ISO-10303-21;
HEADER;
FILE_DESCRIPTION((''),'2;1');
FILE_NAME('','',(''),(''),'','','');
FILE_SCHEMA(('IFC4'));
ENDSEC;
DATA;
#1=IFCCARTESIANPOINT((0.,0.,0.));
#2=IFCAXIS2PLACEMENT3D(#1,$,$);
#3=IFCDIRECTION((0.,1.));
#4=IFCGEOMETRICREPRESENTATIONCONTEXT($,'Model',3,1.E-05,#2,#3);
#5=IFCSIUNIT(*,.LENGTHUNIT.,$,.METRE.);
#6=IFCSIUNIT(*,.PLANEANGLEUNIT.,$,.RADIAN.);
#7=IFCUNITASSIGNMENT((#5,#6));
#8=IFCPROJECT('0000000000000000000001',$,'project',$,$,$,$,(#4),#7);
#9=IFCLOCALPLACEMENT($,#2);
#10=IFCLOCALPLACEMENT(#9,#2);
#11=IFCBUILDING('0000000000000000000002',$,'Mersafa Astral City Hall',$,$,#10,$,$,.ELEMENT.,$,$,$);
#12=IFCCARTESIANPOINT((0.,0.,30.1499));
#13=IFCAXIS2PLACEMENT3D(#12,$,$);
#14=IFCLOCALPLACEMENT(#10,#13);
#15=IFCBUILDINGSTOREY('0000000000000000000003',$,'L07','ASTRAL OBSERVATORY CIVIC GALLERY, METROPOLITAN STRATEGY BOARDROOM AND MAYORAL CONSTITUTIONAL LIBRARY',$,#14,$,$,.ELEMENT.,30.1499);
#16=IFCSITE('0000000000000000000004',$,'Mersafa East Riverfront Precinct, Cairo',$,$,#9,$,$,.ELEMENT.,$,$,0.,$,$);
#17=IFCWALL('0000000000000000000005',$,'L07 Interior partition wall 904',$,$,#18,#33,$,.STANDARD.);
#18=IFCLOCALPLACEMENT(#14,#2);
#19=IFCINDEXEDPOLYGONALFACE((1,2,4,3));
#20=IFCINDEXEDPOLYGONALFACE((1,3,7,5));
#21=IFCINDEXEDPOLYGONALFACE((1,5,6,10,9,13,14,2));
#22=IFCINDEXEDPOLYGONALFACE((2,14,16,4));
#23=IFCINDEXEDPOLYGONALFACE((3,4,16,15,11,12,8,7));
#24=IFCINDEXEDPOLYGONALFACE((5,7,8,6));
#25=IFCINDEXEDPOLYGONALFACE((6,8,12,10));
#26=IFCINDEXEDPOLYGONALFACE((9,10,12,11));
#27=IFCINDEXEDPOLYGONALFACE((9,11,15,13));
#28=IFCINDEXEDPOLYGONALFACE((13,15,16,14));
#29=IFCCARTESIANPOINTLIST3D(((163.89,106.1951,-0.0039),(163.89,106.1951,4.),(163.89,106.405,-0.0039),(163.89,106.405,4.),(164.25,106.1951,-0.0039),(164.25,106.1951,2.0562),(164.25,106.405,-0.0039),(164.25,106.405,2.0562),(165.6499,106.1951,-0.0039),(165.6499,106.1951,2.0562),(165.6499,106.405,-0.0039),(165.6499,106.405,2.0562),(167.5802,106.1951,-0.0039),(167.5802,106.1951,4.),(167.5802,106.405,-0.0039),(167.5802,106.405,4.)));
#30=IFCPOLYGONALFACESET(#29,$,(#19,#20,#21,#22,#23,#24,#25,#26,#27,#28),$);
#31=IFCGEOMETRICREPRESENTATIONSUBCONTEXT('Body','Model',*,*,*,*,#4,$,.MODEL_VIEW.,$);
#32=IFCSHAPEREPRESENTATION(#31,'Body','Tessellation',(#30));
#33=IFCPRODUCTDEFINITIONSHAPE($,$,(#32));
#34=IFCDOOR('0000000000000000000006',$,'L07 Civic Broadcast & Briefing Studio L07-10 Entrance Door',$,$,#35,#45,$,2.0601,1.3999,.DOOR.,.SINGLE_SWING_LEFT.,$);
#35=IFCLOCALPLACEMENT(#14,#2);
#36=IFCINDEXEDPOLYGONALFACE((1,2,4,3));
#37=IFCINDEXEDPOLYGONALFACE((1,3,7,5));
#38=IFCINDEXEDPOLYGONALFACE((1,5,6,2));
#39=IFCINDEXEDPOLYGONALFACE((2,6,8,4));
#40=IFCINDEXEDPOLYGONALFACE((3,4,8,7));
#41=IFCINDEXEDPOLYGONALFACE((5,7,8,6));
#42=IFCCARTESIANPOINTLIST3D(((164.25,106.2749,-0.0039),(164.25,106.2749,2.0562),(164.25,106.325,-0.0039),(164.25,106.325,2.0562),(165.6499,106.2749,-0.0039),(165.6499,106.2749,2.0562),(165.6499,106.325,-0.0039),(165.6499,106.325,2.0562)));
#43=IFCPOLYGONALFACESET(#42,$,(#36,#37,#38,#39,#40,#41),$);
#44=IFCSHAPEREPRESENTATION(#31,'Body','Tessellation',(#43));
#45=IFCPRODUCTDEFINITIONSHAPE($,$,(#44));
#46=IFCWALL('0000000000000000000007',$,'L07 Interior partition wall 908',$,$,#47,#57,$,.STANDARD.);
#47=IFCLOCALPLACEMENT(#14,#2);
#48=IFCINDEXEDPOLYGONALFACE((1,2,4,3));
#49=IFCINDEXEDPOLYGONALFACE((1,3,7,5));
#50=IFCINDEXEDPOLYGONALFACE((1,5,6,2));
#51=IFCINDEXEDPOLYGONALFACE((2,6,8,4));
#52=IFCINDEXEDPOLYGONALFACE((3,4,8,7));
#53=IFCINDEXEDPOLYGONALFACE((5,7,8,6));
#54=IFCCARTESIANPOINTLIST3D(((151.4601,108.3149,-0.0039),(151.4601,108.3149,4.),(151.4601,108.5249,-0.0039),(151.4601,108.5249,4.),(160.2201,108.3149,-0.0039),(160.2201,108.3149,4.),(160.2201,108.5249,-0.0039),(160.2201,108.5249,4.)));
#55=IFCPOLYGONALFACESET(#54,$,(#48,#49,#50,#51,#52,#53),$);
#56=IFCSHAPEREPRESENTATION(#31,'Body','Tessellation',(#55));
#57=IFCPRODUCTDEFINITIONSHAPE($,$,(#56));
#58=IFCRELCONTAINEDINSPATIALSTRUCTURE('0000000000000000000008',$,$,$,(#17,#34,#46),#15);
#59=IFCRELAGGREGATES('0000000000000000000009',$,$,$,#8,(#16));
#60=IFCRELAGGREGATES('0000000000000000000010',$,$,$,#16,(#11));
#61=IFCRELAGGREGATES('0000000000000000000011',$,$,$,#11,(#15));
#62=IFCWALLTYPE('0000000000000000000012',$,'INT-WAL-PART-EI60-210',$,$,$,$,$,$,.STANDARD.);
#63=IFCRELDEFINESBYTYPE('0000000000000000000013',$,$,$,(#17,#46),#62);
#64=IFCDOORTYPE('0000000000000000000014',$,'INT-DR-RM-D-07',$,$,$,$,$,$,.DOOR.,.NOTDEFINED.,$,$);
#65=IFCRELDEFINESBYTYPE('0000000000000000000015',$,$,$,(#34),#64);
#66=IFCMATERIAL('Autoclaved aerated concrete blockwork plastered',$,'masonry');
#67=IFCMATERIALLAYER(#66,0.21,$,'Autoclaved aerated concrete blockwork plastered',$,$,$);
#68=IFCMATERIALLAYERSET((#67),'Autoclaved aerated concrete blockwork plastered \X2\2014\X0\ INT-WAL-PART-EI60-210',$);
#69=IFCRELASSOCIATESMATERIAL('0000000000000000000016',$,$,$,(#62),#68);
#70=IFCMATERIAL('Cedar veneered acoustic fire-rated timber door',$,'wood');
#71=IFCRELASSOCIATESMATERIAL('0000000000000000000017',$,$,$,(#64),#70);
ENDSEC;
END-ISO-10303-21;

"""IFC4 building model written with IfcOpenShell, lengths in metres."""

from ifc_helpers import new_model, si_unit, direction, frame, frame_2d, origin, place, context, subcontext, project, spatial, rectangle, extrude, material, layer, layer_set, type_object, element, fill, save


model = new_model("IFC4")

# Units and contexts
model_context = context("Model", 3, precision=1e-05, world=origin(), true_north=direction((0.0, 1.0)))
body_context = subcontext(model_context, "Body", "Model", "MODEL_VIEW")
ifc_project = project(units=[si_unit("LENGTHUNIT", "METRE"), si_unit("PLANEANGLEUNIT", "RADIAN")], contexts=[model_context])

# Site, building, storey
site_placement = place(None, origin())
site = spatial("IfcSite", under=ifc_project, at=site_placement, Name="Mersafa East Riverfront Precinct, Cairo", CompositionType="ELEMENT", RefElevation=0.0)
building_placement = place(site_placement, origin())
building = spatial("IfcBuilding", under=site, at=building_placement, Name="Mersafa Astral City Hall", CompositionType="ELEMENT")
storey_placement = place(building_placement, frame((0.0, 0.0, 30.1499)))
storey = spatial("IfcBuildingStorey", under=building, at=storey_placement, Name="L07", Description="ASTRAL OBSERVATORY CIVIC GALLERY, METROPOLITAN STRATEGY BOARDROOM AND MAYORAL CONSTITUTIONAL LIBRARY", CompositionType="ELEMENT", Elevation=30.1499)

# Shared definitions
ifc_material_1 = material(Name="Cedar veneered acoustic fire-rated timber door", Category="wood")

# Wall, opening, door
ifc_material_2 = material(Name="Autoclaved aerated concrete blockwork plastered", Category="masonry")
ifc_layer_1 = layer(ifc_material_2, 0.21, Name="Autoclaved aerated concrete blockwork plastered")
ifc_layer_set_1 = layer_set([ifc_layer_1], Name="Autoclaved aerated concrete blockwork plastered — INT-WAL-PART-EI60-210")
wall_type_1 = type_object("IfcWallType", Name="INT-WAL-PART-EI60-210", PredefinedType="STANDARD", material=ifc_layer_set_1)
wall_1_placement = place(storey_placement, frame((163.8899, 106.3, -0.0039), z_axis=(0.0, 0.0, 1.0), x_axis=(1.0, 0.0, 0.0)))
wall_1 = element("IfcWall", 1, at=wall_1_placement, inside=storey, type_object=wall_type_1, Name="L07 Interior partition wall 904", PredefinedType="STANDARD", context=body_context, shape_type="SweptSolid", body=[
    extrude(rectangle(XDim=3.6902, YDim=0.21, at=frame_2d((1.8452, 0.0))), origin(), (0.0, 0.0, 1.0), 4.0039),
])
opening_1_placement = place(wall_1_placement, frame((0.3601, 0.0, 0.0)))
opening_1 = element("IfcOpeningElement", 2, at=opening_1_placement, cuts=wall_1, PredefinedType="OPENING", context=body_context, shape_type="SweptSolid", body=[
    extrude(rectangle(XDim=1.3999, YDim=2.0601, at=frame_2d((0.7, 1.03))), frame((0.0, 0.115, 0.0), z_axis=(0.0, -1.0, 0.0), x_axis=(1.0, 0.0, 0.0)), (0.0, 0.0, 1.0), 0.23),
])
door_type_1 = type_object("IfcDoorType", Name="INT-DR-RM-D-07", OperationType="NOTDEFINED", PredefinedType="DOOR", material=ifc_material_1)
door_1_placement = place(opening_1_placement, origin())
door_1 = element("IfcDoor", 3, at=door_1_placement, inside=storey, type_object=door_type_1, Name="L07 Civic Broadcast & Briefing Studio L07-10 Entrance Door", OperationType="SINGLE_SWING_LEFT", OverallHeight=2.0601, OverallWidth=1.3999, PredefinedType="DOOR", context=body_context, shape_type="SweptSolid", body=[
    extrude(rectangle(XDim=1.3999, YDim=2.0601, at=frame_2d((0.7, 1.03))), frame((0.0, 0.0249, 0.0), z_axis=(0.0, -1.0, 0.0), x_axis=(1.0, 0.0, 0.0)), (0.0, 0.0, 1.0), 0.05),
])
fill(opening_1, door_1)

# Wall
wall_2_placement = place(storey_placement, frame((160.22, 108.4199, -0.0039), z_axis=(0.0, 0.0, 1.0), x_axis=(-1.0, 0.0, 0.0)))
element("IfcWall", 4, at=wall_2_placement, inside=storey, type_object=wall_type_1, Name="L07 Interior partition wall 908", PredefinedType="STANDARD", context=body_context, shape_type="SweptSolid", body=[
    extrude(rectangle(XDim=8.76, YDim=0.21, at=frame_2d((4.3799, 0.0))), origin(), (0.0, 0.0, 1.0), 4.0039),
])

save(model, "model.ifc")
